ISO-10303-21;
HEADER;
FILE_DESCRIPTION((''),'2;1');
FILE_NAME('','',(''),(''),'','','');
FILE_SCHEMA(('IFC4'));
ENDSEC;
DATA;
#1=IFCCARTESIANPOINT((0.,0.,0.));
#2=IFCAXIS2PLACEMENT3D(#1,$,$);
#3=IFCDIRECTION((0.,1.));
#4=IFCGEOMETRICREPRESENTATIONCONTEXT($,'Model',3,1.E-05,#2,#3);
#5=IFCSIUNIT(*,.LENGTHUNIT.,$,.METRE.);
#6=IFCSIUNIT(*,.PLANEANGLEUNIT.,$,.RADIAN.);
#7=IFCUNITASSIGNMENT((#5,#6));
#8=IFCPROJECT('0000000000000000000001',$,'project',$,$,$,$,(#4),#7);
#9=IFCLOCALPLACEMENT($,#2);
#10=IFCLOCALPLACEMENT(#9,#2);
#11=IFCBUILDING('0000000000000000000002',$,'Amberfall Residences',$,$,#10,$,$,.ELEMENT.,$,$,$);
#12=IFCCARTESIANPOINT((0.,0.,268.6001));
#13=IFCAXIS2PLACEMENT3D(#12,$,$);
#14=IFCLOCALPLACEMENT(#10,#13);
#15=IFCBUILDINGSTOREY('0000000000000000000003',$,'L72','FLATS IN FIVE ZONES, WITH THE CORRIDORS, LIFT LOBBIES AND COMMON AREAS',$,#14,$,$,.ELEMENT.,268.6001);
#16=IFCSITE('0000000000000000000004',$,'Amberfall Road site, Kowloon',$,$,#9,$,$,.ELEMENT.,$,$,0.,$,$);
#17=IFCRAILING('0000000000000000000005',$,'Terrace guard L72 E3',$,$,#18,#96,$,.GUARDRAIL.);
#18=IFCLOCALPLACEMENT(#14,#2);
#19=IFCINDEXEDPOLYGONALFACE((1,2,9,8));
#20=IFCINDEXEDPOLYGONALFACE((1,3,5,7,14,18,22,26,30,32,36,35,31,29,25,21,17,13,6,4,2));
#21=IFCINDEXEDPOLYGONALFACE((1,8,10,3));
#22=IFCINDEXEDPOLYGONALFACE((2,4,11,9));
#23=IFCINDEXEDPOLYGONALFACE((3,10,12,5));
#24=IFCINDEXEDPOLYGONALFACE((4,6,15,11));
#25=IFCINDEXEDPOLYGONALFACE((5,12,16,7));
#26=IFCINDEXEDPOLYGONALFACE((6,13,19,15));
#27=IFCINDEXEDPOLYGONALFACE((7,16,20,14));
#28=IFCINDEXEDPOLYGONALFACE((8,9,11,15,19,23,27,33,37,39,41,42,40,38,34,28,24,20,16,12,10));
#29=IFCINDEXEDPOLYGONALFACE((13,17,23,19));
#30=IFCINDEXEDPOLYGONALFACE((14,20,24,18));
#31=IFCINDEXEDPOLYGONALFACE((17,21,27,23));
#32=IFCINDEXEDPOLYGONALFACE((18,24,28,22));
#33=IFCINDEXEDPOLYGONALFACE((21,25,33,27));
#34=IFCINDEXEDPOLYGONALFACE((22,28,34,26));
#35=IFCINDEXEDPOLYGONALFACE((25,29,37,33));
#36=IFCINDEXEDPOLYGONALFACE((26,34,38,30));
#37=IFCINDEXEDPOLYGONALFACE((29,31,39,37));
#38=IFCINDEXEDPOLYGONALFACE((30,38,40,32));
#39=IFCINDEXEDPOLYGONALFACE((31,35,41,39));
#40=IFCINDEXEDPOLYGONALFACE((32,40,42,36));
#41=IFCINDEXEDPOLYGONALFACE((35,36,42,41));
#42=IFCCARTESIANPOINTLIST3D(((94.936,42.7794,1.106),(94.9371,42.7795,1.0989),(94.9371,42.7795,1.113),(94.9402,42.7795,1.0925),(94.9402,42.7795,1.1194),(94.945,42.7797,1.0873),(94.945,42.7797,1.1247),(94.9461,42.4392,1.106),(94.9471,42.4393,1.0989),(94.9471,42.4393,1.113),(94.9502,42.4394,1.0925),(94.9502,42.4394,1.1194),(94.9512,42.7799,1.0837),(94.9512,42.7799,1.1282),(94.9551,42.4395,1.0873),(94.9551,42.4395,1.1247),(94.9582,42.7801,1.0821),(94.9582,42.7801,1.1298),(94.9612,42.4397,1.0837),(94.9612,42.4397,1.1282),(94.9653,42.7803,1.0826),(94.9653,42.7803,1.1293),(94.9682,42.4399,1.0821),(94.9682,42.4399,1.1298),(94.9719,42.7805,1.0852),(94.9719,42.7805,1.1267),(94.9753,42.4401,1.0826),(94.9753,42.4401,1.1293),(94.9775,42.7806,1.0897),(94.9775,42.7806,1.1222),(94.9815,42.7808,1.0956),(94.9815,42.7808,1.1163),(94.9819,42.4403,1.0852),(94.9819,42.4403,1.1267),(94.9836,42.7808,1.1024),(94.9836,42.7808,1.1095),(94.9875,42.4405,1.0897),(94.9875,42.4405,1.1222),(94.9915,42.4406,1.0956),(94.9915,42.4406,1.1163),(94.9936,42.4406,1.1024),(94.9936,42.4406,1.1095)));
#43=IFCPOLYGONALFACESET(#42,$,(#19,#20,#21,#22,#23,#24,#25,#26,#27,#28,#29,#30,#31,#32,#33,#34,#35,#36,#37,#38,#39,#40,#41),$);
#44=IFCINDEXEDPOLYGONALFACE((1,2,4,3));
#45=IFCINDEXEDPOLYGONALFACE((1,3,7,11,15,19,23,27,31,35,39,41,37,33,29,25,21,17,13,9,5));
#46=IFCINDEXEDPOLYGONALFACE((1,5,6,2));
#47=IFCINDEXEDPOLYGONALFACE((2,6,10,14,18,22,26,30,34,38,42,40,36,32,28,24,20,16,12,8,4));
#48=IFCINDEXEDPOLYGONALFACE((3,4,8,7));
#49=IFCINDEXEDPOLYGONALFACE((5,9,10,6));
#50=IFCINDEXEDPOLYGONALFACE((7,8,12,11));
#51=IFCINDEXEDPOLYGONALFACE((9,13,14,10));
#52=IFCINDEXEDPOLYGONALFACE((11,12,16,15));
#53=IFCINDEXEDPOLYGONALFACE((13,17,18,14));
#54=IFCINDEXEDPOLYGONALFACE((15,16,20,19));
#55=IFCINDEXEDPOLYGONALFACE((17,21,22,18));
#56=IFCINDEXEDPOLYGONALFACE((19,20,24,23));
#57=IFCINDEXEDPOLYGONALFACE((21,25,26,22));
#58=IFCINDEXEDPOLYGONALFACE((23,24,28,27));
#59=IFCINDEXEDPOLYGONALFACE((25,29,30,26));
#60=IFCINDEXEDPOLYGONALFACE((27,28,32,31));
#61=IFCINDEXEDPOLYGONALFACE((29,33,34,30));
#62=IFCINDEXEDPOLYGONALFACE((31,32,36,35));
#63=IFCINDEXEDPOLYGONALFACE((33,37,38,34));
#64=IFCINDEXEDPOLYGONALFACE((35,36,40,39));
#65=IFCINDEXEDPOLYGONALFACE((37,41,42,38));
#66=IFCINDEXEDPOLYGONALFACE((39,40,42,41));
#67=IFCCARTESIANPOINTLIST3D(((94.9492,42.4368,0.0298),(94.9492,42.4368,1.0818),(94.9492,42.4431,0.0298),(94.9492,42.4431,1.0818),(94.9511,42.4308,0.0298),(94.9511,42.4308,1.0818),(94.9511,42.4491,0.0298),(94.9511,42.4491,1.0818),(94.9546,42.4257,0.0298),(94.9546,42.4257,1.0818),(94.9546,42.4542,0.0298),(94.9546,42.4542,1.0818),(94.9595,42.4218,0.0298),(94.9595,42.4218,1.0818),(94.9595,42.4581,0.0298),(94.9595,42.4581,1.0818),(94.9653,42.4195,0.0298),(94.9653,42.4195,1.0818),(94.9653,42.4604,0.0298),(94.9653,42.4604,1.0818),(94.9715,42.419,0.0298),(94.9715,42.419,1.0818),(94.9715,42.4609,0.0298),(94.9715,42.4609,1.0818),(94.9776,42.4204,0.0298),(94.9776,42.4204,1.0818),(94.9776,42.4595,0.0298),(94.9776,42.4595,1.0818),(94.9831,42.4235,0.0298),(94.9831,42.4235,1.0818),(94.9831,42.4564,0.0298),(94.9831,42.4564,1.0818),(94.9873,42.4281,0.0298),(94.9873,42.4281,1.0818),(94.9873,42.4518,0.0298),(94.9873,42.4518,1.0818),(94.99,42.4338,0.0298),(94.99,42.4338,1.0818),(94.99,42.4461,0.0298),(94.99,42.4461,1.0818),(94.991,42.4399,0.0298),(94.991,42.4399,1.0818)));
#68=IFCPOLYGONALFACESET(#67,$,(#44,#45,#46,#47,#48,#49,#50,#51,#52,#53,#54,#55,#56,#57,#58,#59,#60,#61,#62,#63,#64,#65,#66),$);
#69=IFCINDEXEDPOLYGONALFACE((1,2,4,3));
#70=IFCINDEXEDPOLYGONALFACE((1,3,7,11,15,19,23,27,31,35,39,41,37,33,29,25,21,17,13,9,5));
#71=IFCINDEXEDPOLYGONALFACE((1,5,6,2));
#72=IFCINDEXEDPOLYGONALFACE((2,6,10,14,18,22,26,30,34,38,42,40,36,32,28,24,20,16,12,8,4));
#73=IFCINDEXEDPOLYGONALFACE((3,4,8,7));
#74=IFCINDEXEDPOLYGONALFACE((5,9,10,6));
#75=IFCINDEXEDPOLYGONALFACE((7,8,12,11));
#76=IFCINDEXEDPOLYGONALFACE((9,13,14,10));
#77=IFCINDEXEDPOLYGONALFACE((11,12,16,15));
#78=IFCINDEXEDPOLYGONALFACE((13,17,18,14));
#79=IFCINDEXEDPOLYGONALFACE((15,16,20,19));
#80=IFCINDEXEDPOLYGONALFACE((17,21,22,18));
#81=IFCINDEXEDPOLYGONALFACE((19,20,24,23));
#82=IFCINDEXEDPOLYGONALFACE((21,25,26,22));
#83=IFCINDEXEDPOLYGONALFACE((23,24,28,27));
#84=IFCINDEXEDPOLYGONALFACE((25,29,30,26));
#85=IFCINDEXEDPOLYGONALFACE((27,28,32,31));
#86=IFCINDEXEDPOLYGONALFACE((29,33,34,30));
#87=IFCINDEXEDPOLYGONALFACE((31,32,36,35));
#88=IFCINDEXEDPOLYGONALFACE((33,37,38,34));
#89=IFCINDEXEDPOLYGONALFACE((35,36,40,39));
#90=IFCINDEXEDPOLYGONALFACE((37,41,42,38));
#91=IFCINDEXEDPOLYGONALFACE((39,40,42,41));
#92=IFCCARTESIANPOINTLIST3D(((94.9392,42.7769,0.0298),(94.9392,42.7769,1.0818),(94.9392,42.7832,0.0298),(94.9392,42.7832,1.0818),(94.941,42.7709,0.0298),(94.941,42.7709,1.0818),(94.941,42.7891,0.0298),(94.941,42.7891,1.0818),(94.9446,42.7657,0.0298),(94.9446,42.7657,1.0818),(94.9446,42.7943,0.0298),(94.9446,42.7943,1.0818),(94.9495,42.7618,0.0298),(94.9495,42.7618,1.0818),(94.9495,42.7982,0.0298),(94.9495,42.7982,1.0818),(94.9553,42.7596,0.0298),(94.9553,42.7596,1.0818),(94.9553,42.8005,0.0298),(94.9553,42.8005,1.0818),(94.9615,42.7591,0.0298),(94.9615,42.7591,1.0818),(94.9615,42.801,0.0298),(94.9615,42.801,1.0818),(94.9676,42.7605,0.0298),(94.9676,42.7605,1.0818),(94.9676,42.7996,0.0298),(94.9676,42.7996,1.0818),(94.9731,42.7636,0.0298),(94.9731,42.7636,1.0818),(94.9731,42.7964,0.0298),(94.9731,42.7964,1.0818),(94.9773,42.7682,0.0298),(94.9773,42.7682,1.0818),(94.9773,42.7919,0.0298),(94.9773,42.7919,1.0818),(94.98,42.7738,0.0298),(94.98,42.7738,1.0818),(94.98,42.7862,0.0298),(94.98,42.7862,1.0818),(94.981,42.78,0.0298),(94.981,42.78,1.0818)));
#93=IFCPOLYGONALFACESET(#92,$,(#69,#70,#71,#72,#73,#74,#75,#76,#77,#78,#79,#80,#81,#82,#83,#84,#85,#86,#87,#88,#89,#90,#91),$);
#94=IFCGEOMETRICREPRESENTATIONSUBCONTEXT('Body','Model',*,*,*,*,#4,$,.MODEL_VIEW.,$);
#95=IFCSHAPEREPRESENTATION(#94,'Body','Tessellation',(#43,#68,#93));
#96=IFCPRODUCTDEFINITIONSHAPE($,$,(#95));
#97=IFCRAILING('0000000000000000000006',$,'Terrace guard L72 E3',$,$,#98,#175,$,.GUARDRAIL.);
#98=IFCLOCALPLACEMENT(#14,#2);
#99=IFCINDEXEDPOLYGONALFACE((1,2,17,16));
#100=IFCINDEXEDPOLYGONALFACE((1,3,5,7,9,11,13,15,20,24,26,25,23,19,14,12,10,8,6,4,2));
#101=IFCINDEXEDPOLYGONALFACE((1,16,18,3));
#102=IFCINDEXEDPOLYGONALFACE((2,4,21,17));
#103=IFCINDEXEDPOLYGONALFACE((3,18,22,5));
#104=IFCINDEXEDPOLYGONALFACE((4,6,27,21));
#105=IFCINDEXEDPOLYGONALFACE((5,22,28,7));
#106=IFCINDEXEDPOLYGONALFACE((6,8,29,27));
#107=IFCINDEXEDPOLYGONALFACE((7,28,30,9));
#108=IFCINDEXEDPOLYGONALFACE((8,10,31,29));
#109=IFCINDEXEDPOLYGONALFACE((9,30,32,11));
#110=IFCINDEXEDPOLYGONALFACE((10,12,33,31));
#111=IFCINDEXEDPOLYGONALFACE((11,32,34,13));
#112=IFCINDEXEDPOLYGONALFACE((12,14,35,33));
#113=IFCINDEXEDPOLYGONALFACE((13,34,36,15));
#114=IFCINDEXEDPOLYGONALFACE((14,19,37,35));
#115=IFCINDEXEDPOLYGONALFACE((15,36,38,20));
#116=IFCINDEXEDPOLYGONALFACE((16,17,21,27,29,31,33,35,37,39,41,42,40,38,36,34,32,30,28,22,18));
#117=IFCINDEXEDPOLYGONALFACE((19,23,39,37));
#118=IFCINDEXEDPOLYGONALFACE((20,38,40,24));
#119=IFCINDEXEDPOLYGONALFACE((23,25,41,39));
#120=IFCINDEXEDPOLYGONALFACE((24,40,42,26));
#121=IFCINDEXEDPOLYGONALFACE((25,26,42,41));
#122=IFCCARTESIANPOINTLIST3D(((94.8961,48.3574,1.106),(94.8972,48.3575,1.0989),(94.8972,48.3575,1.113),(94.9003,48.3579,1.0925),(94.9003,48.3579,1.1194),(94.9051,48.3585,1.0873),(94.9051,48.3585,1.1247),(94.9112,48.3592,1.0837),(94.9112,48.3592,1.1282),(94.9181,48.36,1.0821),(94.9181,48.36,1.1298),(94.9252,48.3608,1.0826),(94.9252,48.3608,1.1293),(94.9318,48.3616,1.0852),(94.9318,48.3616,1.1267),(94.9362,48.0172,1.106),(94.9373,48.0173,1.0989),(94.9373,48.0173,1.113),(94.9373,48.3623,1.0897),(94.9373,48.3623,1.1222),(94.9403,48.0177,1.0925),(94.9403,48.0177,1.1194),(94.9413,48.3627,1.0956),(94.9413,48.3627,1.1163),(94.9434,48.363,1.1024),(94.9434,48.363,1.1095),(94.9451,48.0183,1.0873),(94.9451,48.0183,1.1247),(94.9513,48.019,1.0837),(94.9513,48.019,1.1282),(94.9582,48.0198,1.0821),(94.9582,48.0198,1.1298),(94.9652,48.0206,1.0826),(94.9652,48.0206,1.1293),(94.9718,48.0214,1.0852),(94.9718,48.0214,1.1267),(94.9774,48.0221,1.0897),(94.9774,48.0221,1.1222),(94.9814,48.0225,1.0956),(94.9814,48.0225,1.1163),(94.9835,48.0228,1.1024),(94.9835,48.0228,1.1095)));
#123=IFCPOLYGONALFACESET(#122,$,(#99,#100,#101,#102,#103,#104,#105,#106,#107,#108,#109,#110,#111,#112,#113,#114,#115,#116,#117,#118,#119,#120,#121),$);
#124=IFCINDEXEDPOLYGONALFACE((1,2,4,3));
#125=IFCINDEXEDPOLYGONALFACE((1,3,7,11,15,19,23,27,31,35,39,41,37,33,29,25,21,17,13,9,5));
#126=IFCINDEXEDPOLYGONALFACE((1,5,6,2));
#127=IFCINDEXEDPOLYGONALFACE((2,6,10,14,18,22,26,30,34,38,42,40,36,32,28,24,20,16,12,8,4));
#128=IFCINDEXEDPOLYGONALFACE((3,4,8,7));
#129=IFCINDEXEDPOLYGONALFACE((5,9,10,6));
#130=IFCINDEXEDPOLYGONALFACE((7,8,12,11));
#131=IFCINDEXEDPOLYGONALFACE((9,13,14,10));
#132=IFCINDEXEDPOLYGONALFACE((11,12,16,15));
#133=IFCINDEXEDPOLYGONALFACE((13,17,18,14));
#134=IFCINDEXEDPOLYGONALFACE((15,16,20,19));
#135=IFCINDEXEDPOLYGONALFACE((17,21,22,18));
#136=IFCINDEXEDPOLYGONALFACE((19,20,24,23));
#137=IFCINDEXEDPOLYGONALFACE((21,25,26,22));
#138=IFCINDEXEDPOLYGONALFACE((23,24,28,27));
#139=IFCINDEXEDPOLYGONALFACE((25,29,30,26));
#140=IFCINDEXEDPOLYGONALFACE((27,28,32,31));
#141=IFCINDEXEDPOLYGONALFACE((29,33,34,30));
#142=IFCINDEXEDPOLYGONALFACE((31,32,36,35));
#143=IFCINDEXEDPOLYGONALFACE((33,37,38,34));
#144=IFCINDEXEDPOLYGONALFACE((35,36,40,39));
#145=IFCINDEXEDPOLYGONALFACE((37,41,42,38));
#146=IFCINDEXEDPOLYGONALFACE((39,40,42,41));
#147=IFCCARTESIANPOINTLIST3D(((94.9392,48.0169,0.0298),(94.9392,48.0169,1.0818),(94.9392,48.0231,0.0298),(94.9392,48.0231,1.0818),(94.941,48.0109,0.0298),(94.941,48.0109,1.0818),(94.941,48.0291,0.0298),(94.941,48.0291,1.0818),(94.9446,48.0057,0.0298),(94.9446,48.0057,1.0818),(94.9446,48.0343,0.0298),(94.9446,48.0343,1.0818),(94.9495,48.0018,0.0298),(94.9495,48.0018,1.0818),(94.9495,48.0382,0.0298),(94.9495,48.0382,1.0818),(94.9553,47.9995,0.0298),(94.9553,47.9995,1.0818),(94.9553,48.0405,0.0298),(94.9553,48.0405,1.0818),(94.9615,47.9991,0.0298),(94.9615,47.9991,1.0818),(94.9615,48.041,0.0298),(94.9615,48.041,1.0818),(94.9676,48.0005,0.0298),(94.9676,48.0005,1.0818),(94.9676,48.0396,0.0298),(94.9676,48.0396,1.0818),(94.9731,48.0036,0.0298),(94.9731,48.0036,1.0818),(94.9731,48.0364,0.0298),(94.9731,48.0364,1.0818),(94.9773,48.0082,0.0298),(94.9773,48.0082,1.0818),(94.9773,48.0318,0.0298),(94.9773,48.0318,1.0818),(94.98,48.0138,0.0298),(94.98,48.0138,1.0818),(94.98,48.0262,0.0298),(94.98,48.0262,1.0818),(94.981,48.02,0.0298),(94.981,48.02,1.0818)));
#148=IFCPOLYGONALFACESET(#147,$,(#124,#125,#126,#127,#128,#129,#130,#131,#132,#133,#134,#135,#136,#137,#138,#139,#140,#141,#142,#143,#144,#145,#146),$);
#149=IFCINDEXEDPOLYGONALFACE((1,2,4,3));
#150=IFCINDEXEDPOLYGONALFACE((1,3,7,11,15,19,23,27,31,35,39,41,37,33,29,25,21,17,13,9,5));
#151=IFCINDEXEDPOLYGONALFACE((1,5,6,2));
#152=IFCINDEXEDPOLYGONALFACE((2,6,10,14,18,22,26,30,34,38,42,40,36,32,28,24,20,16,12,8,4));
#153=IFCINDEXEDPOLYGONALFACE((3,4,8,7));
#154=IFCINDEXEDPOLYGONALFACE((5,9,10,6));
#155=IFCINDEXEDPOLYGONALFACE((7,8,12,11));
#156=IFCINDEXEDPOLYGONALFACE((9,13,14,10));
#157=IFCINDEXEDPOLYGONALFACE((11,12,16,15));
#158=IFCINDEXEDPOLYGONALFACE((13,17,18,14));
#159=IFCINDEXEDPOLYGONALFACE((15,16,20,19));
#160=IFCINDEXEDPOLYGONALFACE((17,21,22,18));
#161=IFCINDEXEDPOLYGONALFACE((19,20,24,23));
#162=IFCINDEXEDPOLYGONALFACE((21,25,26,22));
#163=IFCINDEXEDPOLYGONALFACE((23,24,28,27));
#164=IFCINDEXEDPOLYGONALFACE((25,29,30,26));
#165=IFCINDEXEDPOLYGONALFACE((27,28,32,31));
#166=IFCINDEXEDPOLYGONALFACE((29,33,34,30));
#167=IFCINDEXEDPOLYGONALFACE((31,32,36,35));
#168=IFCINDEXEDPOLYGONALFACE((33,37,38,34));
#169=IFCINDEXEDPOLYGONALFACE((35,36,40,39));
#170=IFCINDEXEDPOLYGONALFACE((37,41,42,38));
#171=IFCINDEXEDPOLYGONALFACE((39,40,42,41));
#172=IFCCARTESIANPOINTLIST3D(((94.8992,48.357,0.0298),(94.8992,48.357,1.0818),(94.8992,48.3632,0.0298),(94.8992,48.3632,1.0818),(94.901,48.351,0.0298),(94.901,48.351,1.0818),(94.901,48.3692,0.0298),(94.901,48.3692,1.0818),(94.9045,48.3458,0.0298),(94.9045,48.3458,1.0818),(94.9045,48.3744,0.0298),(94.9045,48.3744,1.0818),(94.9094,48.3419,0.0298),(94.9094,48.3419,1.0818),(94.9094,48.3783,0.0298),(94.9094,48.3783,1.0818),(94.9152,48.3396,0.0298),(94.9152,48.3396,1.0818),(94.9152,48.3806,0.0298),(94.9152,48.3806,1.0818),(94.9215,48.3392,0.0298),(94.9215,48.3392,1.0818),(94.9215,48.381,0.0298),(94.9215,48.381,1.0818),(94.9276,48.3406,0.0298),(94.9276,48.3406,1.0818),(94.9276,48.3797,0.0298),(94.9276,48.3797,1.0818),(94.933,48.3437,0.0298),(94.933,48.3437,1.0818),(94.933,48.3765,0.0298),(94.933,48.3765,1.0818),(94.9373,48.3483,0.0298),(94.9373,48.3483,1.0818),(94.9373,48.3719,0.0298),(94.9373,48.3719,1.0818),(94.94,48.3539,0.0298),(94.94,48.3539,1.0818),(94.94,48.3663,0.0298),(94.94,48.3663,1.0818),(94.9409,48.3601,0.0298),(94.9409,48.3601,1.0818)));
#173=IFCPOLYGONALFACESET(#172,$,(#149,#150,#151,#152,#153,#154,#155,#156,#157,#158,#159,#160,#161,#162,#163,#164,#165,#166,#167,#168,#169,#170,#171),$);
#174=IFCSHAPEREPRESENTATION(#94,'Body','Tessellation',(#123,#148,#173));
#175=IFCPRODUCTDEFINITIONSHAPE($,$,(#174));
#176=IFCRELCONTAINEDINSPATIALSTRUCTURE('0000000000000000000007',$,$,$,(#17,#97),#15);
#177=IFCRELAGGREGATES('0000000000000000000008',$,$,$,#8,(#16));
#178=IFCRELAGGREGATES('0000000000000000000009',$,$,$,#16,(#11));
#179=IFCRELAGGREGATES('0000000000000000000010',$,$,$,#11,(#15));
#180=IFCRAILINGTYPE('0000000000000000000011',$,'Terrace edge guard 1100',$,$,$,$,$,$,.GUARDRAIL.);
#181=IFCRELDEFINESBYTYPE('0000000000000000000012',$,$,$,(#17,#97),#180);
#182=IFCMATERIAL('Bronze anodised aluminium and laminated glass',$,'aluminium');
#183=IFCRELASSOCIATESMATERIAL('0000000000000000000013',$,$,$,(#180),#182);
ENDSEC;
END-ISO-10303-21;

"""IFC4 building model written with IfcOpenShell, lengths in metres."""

from ifc_helpers import new_model, si_unit, direction, frame, origin, origin_2d, place, context, subcontext, project, spatial, circle, extrude, material, type_object, element, save


model = new_model("IFC4")

# Units and contexts
model_context = context("Model", 3, precision=1e-05, world=origin(), true_north=direction((0.0, 1.0)))
body_context = subcontext(model_context, "Body", "Model", "MODEL_VIEW")
ifc_project = project(units=[si_unit("LENGTHUNIT", "METRE"), si_unit("PLANEANGLEUNIT", "RADIAN")], contexts=[model_context])

# Site, building, storey
site_placement = place(None, origin())
site = spatial("IfcSite", under=ifc_project, at=site_placement, Name="Amberfall Road site, Kowloon", CompositionType="ELEMENT", RefElevation=0.0)
building_placement = place(site_placement, origin())
building = spatial("IfcBuilding", under=site, at=building_placement, Name="Amberfall Residences", CompositionType="ELEMENT")
storey_placement = place(building_placement, frame((0.0, 0.0, 268.6001)))
storey = spatial("IfcBuildingStorey", under=building, at=storey_placement, Name="L72", Description="FLATS IN FIVE ZONES, WITH THE CORRIDORS, LIFT LOBBIES AND COMMON AREAS", CompositionType="ELEMENT", Elevation=268.6001)

# Railings
ifc_material_1 = material(Name="Bronze anodised aluminium and laminated glass", Category="aluminium")
railing_type = type_object("IfcRailingType", Name="Terrace edge guard 1100", PredefinedType="GUARDRAIL", material=ifc_material_1)
railing_1_placement = place(storey_placement, frame((94.97, 42.4399, 0.0298)))
element("IfcRailing", 1, at=railing_1_placement, inside=storey, type_object=railing_type, Name="Terrace guard L72 E3", PredefinedType="GUARDRAIL", context=body_context, shape_type="SweptSolid", body=[
    extrude(circle(Radius=0.0239, at=origin_2d()), frame((0.0, 0.0, 1.0762), z_axis=(-0.02942, 0.999567, 0.0), x_axis=(-0.999567, -0.02942, 0.0)), (0.0, 0.0, 1.0), 0.3403),
    extrude(circle(Radius=0.021, at=origin_2d()), origin(), (0.0, 0.0, 1.0), 1.052),
    extrude(circle(Radius=0.021, at=origin_2d()), frame((-0.01, 0.3401, 0.0)), (0.0, 0.0, 1.0), 1.052),
])
railing_2_placement = place(storey_placement, frame((94.96, 48.02, 0.0298)))
element("IfcRailing", 2, at=railing_2_placement, inside=storey, type_object=railing_type, Name="Terrace guard L72 E3", PredefinedType="GUARDRAIL", context=body_context, shape_type="SweptSolid", body=[
    extrude(circle(Radius=0.0239, at=origin_2d()), frame((0.0, 0.0, 1.0762), z_axis=(-0.116924, 0.993141, 0.0), x_axis=(-0.993141, -0.116924, 0.0)), (0.0, 0.0, 1.0), 0.3425),
    extrude(circle(Radius=0.021, at=origin_2d()), origin(), (0.0, 0.0, 1.0), 1.052),
    extrude(circle(Radius=0.021, at=origin_2d()), frame((-0.04, 0.3401, 0.0)), (0.0, 0.0, 1.0), 1.052),
])

save(model, "model.ifc")
